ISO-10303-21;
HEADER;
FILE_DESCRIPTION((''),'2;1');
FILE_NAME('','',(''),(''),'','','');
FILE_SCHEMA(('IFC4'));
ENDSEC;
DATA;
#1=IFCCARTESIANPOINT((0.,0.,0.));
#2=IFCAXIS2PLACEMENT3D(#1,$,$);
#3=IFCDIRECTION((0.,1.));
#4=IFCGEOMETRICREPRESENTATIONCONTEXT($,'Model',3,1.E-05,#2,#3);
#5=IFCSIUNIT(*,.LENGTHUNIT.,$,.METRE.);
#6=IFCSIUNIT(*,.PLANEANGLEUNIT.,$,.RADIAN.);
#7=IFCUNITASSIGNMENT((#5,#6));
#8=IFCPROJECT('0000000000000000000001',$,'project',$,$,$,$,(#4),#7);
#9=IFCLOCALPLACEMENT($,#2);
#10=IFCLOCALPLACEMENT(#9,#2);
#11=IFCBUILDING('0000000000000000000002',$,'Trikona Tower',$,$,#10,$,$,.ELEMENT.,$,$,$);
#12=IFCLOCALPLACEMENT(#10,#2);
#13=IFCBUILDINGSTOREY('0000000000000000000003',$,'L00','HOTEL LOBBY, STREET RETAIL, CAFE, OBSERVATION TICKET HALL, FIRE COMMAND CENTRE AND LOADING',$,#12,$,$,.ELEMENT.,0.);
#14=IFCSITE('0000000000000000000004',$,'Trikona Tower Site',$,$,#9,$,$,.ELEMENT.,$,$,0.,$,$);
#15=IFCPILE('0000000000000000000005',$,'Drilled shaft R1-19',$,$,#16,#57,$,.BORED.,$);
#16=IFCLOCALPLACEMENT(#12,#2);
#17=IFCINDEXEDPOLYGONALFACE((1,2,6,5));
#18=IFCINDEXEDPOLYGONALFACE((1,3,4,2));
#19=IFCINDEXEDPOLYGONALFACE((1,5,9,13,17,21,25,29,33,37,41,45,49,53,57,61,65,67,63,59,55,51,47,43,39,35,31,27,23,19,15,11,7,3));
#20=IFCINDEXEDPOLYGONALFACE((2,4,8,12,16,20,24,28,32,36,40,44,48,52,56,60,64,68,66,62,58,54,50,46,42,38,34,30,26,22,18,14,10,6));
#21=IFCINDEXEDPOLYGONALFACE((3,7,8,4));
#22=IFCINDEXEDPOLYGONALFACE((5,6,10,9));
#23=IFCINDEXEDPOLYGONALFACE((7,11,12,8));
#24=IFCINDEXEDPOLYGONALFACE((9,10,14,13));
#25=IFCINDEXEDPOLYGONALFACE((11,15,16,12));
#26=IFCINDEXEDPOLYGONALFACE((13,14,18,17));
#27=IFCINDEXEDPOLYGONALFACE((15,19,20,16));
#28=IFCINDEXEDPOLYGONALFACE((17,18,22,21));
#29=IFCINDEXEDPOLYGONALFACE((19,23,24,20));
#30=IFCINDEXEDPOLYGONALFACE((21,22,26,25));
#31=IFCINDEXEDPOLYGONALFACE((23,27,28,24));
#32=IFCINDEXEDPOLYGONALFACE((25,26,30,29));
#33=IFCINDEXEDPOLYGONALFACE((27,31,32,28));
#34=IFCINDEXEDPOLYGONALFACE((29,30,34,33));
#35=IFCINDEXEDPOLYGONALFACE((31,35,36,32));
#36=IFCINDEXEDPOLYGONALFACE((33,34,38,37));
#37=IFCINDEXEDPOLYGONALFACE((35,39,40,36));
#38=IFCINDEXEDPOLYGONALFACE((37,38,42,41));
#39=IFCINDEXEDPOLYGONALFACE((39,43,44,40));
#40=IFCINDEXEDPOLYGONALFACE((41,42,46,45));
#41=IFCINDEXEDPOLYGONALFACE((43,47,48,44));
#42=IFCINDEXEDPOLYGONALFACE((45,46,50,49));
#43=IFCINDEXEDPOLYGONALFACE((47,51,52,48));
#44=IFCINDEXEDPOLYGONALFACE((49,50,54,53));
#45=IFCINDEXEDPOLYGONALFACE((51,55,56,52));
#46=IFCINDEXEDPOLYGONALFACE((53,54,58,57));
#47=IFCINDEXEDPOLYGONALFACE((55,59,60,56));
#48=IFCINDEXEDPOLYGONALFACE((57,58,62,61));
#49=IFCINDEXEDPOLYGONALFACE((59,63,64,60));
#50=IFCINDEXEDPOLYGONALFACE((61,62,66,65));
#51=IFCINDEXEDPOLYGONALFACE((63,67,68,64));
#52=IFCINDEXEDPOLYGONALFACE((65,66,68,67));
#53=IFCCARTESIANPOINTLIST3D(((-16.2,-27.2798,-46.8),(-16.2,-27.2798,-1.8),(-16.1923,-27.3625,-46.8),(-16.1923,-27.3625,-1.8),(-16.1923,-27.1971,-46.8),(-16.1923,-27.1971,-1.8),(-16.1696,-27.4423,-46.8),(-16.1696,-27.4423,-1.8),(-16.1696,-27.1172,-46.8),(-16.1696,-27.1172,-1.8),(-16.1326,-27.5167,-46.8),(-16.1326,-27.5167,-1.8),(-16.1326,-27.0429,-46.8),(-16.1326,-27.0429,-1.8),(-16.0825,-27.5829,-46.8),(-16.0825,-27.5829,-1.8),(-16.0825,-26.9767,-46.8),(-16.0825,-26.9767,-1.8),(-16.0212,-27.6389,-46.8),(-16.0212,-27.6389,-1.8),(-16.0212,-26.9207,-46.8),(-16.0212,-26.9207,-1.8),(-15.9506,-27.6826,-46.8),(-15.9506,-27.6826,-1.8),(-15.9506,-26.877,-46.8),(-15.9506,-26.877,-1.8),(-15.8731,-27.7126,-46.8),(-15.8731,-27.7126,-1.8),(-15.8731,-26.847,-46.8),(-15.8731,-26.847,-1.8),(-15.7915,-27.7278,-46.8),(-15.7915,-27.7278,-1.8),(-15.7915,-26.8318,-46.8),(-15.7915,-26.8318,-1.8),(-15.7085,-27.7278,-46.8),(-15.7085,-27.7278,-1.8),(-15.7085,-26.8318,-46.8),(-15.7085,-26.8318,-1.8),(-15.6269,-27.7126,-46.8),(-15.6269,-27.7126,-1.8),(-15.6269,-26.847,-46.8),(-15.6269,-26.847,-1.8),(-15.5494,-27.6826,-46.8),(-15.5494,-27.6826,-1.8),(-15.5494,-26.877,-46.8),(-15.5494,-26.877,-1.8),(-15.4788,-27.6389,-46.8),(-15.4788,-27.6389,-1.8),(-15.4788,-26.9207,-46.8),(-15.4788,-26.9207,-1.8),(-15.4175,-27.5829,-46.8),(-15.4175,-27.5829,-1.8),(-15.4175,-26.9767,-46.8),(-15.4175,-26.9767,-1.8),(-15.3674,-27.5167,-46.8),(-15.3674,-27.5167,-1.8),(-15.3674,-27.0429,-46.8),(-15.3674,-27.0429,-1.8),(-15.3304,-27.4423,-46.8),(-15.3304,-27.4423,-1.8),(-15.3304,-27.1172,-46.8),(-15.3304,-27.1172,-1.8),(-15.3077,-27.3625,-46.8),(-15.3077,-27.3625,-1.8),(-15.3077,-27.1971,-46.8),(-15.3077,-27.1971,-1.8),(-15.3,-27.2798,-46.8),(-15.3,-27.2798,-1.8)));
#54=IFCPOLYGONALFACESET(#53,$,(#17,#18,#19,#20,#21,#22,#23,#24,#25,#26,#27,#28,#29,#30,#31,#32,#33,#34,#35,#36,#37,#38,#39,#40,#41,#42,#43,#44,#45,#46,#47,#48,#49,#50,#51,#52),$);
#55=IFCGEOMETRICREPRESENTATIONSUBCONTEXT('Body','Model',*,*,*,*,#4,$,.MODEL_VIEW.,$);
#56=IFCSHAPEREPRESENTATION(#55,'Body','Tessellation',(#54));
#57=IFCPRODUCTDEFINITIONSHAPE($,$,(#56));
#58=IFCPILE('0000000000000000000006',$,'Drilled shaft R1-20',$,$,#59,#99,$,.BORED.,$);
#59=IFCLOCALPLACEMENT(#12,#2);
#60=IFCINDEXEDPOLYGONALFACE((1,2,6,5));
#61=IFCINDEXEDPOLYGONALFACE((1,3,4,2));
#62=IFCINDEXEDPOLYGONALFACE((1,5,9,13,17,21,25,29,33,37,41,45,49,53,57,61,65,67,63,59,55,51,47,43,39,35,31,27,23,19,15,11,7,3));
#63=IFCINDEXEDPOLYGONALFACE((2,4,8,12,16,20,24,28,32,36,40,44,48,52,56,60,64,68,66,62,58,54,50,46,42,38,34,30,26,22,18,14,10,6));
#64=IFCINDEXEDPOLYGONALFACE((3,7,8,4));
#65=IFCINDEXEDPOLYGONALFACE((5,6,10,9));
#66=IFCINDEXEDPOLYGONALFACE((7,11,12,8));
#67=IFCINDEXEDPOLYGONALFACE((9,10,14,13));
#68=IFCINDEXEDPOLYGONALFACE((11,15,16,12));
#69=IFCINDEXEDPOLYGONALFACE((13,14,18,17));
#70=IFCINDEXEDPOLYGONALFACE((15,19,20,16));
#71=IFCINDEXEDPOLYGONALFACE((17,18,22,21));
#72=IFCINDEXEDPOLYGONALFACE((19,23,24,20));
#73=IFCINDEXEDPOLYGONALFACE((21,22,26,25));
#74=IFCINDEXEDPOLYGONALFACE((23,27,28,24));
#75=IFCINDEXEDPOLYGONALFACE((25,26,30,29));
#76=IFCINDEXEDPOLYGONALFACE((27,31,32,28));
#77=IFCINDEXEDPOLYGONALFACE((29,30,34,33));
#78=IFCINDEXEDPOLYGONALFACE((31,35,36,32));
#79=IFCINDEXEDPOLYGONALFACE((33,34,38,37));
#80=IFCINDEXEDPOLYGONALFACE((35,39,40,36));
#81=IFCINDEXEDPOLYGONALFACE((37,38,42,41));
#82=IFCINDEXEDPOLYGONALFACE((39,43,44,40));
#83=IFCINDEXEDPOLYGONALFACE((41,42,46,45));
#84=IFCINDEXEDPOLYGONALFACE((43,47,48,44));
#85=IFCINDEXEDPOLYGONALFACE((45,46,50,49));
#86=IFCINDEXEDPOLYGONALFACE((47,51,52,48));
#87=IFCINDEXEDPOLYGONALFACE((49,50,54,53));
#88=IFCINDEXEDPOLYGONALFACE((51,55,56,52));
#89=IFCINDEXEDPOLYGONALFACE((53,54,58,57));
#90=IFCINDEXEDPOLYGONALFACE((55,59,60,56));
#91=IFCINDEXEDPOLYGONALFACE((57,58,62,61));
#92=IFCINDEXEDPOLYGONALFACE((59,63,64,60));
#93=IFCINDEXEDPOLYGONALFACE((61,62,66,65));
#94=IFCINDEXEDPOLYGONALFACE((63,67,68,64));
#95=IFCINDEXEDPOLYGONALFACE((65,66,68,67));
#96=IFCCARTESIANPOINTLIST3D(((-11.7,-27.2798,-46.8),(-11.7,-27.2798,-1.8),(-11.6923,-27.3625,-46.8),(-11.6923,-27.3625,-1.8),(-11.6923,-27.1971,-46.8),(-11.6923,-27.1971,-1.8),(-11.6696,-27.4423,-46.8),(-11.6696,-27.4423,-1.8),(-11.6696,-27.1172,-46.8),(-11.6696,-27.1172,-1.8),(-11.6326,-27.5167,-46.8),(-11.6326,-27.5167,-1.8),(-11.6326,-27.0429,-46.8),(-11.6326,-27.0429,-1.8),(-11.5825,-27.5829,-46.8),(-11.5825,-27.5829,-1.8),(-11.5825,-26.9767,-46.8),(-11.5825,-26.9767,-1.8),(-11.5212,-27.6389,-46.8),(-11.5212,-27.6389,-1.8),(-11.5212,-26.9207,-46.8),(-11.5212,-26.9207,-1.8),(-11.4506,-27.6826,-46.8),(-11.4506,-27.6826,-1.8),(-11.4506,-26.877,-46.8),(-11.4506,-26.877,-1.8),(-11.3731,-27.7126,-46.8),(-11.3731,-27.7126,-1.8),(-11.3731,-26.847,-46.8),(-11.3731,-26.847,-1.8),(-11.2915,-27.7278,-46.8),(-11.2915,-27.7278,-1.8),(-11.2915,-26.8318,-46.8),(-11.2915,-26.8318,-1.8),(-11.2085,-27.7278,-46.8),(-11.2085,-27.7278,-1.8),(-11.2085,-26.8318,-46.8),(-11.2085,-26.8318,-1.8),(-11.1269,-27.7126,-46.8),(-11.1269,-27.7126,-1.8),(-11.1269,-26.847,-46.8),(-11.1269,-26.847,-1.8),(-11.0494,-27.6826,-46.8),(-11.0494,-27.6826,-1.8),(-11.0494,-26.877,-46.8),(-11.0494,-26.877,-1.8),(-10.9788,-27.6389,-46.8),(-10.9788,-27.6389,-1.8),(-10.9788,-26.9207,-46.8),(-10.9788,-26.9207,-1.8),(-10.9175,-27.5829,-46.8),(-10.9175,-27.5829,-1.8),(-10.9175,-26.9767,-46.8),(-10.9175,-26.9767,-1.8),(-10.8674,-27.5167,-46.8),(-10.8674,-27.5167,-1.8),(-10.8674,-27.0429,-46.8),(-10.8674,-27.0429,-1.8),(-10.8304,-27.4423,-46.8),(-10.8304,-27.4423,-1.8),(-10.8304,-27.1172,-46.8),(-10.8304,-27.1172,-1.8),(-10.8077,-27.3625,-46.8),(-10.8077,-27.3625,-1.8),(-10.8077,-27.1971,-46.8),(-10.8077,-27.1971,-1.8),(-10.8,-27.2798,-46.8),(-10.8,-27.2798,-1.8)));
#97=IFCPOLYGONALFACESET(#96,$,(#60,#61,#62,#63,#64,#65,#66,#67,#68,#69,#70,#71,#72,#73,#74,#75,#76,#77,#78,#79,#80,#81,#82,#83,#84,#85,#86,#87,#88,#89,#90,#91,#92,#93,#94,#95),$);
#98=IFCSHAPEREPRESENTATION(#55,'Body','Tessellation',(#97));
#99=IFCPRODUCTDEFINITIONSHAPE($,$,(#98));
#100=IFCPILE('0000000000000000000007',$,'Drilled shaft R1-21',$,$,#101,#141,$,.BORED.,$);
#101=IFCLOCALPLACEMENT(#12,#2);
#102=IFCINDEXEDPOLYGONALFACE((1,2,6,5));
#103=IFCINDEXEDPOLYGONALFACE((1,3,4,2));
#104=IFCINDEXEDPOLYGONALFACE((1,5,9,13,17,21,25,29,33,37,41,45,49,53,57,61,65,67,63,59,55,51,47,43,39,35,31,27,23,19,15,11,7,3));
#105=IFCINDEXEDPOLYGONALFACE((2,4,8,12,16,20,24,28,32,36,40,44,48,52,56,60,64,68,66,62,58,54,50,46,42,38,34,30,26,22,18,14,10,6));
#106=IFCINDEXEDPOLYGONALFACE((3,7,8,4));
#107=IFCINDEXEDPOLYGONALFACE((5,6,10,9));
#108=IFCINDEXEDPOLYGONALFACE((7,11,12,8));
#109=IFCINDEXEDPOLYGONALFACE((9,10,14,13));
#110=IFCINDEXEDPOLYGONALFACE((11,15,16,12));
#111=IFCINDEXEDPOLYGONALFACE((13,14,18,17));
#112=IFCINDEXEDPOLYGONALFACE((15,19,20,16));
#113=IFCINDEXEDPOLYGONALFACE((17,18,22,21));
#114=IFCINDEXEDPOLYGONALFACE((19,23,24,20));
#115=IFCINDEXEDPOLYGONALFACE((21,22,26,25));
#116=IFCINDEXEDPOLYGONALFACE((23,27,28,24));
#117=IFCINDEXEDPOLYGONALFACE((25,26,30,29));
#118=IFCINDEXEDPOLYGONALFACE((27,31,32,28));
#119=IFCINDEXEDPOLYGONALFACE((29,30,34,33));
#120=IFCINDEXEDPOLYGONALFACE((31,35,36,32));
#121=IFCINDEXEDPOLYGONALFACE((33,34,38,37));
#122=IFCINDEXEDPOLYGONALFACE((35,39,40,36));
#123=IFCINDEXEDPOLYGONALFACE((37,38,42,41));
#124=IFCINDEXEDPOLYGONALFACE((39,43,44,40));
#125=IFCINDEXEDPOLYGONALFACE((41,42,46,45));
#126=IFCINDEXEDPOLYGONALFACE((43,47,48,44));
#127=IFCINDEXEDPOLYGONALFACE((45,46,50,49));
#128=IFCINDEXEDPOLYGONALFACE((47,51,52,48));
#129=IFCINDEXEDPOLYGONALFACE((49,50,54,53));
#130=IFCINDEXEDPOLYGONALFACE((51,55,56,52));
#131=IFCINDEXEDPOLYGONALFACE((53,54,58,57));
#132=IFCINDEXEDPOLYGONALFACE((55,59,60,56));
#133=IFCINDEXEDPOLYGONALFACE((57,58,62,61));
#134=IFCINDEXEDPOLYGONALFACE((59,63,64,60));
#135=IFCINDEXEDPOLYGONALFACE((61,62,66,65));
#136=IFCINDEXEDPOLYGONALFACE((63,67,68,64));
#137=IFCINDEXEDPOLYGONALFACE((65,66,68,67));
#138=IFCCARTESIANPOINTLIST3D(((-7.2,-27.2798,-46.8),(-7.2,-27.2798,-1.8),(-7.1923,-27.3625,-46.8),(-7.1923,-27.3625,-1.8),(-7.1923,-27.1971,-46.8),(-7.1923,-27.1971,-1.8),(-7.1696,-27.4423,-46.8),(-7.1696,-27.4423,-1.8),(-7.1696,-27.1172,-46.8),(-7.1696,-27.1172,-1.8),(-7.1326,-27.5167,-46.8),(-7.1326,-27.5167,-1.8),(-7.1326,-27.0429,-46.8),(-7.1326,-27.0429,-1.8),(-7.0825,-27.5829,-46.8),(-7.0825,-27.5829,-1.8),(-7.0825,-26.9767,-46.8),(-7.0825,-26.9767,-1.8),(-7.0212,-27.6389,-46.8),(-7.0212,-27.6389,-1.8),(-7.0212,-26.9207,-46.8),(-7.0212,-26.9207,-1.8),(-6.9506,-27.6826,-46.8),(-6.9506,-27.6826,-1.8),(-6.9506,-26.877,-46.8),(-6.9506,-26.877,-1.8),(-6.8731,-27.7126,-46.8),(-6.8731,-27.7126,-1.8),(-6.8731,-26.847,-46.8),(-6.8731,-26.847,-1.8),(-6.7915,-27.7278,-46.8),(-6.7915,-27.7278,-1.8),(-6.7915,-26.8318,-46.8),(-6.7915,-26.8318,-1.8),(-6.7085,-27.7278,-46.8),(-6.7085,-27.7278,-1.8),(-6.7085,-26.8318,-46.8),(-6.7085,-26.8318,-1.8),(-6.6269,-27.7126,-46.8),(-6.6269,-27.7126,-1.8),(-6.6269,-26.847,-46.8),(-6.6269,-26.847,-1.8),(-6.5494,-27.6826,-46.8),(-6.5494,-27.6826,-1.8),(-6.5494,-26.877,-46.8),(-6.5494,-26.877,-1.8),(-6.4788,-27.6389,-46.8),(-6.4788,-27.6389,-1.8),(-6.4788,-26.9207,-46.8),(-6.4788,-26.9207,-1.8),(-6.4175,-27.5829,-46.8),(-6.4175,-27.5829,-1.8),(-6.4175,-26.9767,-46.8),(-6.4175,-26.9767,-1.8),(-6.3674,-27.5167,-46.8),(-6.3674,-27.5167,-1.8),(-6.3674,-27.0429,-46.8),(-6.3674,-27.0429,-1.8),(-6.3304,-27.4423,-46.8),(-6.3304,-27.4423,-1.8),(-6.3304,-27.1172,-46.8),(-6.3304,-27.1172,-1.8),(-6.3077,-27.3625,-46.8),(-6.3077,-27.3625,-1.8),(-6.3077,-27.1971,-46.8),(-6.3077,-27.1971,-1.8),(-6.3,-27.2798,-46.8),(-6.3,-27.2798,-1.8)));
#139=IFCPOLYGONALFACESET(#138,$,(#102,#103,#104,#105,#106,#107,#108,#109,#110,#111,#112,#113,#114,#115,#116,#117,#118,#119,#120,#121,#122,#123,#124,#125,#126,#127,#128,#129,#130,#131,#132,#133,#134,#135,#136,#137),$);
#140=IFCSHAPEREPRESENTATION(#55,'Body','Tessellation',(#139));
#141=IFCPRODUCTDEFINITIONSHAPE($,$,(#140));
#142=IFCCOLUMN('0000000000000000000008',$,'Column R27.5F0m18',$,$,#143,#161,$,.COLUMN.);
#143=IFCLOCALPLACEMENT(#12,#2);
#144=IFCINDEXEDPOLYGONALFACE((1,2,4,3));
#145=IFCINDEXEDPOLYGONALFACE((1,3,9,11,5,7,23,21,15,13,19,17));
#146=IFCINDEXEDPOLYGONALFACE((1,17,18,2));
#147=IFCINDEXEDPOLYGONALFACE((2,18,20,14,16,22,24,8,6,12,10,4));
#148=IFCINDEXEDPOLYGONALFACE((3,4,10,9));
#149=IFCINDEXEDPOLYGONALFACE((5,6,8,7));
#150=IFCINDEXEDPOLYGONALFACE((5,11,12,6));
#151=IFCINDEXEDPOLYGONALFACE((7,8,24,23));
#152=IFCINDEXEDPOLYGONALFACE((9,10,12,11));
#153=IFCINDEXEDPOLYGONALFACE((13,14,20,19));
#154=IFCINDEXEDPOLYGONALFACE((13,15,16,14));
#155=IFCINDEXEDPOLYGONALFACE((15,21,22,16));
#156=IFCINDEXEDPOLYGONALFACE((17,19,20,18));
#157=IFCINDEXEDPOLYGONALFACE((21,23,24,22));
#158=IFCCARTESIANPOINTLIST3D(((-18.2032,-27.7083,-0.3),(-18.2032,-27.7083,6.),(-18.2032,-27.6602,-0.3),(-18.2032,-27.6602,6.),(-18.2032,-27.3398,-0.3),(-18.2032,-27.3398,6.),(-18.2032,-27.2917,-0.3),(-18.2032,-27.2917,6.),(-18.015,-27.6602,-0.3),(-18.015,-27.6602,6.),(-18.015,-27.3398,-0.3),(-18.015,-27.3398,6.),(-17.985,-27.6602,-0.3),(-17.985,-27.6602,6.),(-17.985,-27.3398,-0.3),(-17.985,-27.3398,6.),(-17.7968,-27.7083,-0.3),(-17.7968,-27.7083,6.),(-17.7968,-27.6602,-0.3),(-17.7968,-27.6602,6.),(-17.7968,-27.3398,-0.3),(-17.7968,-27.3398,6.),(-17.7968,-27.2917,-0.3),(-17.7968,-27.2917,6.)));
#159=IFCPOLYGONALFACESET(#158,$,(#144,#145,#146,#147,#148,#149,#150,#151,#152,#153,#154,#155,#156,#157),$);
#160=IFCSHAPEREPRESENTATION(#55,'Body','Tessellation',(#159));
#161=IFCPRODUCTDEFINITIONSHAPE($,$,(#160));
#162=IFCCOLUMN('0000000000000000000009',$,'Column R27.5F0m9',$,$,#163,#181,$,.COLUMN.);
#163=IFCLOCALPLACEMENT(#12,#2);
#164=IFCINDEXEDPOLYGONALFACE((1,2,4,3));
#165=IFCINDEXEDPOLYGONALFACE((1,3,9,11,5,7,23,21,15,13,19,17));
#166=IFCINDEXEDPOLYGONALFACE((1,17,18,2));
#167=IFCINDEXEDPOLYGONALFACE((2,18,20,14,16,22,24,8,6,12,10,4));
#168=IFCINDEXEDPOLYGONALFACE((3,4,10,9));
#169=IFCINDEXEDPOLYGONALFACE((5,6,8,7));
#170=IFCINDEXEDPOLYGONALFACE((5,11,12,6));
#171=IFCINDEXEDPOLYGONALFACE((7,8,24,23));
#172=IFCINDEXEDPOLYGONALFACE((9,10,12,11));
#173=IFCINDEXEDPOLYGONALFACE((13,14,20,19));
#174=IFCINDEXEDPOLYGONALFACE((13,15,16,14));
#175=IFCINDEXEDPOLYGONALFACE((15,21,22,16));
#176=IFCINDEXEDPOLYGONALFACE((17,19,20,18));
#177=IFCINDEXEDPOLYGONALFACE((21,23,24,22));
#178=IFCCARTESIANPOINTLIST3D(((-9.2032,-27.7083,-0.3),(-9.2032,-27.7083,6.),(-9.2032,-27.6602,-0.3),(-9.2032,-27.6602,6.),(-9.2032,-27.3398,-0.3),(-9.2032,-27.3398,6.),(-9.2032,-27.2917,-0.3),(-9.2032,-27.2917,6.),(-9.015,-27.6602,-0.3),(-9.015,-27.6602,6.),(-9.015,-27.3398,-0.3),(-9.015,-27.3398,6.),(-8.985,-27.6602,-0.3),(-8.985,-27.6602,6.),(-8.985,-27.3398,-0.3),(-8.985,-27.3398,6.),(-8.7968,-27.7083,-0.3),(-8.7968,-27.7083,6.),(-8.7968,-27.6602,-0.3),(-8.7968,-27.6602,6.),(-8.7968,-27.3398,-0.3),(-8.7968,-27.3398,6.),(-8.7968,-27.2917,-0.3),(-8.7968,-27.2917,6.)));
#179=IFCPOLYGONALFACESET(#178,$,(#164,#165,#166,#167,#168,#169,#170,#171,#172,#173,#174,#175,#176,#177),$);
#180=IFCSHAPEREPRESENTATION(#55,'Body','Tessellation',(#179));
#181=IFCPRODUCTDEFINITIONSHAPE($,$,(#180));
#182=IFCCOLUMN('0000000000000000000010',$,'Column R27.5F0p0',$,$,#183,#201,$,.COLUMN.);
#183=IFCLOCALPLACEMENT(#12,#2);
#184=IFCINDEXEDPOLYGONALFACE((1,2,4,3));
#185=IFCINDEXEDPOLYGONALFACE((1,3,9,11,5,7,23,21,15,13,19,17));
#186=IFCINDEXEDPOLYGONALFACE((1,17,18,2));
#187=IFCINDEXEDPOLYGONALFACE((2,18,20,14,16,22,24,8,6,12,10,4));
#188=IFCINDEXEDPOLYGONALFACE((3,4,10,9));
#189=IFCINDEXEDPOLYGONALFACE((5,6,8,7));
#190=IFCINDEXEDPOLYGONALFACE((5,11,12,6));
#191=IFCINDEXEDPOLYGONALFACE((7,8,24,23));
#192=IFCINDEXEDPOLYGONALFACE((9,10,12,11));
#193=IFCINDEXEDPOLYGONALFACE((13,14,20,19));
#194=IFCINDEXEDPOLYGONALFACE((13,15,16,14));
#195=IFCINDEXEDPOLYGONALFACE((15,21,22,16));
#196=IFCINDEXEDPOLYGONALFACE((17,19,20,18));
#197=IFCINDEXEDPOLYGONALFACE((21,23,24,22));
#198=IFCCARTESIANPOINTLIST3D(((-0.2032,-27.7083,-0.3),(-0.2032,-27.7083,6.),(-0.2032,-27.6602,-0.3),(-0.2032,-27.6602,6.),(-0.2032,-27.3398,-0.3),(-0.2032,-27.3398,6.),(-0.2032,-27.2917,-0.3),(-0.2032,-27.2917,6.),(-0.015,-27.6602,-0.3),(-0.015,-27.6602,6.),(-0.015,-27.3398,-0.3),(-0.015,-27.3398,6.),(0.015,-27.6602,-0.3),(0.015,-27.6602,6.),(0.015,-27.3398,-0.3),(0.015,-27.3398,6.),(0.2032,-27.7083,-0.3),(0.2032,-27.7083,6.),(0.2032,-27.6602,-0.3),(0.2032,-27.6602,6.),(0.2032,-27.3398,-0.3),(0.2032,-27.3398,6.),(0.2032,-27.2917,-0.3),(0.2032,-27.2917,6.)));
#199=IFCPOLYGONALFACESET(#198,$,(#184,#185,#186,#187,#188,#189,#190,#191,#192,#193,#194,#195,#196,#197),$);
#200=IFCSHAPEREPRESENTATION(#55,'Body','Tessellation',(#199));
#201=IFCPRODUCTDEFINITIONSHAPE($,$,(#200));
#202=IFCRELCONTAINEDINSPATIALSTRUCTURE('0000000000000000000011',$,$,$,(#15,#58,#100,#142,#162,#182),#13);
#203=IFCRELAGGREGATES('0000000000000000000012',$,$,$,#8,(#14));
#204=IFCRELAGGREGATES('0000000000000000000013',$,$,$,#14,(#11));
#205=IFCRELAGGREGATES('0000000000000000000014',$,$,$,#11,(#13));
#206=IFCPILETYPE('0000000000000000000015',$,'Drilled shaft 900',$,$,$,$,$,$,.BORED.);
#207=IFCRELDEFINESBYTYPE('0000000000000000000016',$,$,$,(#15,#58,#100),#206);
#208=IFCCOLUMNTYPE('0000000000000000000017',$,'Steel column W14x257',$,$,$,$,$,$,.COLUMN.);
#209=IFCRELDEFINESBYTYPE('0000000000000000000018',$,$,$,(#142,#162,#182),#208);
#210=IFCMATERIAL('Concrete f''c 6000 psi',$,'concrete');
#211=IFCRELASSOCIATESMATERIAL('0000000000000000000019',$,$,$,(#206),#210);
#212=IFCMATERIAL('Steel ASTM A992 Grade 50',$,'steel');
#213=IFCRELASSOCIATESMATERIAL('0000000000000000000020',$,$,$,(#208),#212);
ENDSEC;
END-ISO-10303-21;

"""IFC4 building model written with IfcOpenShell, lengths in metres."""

from ifc_helpers import new_model, si_unit, direction, frame, origin, origin_2d, place, context, subcontext, project, spatial, circle, i_section, extrude, material, material_profile, profile_set, type_object, element, save


model = new_model("IFC4")

# Units and contexts
model_context = context("Model", 3, precision=1e-05, world=origin(), true_north=direction((0.0, 1.0)))
body_context = subcontext(model_context, "Body", "Model", "MODEL_VIEW")
ifc_project = project(units=[si_unit("LENGTHUNIT", "METRE"), si_unit("PLANEANGLEUNIT", "RADIAN")], contexts=[model_context])

# Site, building, storey
site_placement = place(None, origin())
site = spatial("IfcSite", under=ifc_project, at=site_placement, Name="Trikona Tower Site", CompositionType="ELEMENT", RefElevation=0.0)
building_placement = place(site_placement, origin())
building = spatial("IfcBuilding", under=site, at=building_placement, Name="Trikona Tower", CompositionType="ELEMENT")
storey_placement = place(building_placement, origin())
storey = spatial("IfcBuildingStorey", under=building, at=storey_placement, Name="L00", Description="HOTEL LOBBY, STREET RETAIL, CAFE, OBSERVATION TICKET HALL, FIRE COMMAND CENTRE AND LOADING", CompositionType="ELEMENT", Elevation=0.0)

# Piles
ifc_material_1 = material(Name="Concrete f'c 6000 psi", Category="concrete")
pile_type = type_object("IfcPileType", Name="Drilled shaft 900", PredefinedType="BORED", material=ifc_material_1)
for number, where, z_axis, x_axis, name in (
    (1, (-15.75, -27.2798, -1.8), (0.0, 0.0, -1.0), (1.0, 0.0, 0.0), "Drilled shaft R1-19"),
    (2, (-11.25, -27.2798, -1.8), (0.0, 0.0, -1.0), (1.0, 0.0, 0.0), "Drilled shaft R1-20"),
    (3, (-6.75, -27.2798, -1.8), (0.0, 0.0, -1.0), (1.0, 0.0, 0.0), "Drilled shaft R1-21"),
):
    element("IfcPile", number, at=place(storey_placement, frame(where, z_axis=z_axis, x_axis=x_axis)), inside=storey, type_object=pile_type, Name=name, PredefinedType="BORED", context=body_context, shape_type="SweptSolid", body=[
        extrude(circle(Radius=0.45, at=origin_2d()), origin(), (0.0, 0.0, 1.0), 45.0),
    ])

# Columns
ifc_material_2 = material(Name="Steel ASTM A992 Grade 50", Category="steel")
ifc_material_profile_1 = material_profile(ifc_material_2, i_section(OverallWidth=0.4065, OverallDepth=0.4165, WebThickness=0.03, FlangeThickness=0.0481, at=origin_2d()), Name="W14X257")
ifc_profile_set_1 = profile_set([ifc_material_profile_1], Name="Steel ASTM A992 Grade 50")
column_type = type_object("IfcColumnType", Name="Steel column W14x257", PredefinedType="COLUMN", material=ifc_profile_set_1)
for number, where, z_axis, x_axis, name in (
    (4, (-18.0, -27.5, -0.3), (0.0, 0.0, 1.0), (1.0, 0.0, 0.0), "Column R27.5F0m18"),
    (5, (-9.0, -27.5, -0.3), (0.0, 0.0, 1.0), (1.0, 0.0, 0.0), "Column R27.5F0m9"),
    (6, (0.0, -27.5, -0.3), (0.0, 0.0, 1.0), (1.0, 0.0, 0.0), "Column R27.5F0p0"),
):
    element("IfcColumn", number, at=place(storey_placement, frame(where, z_axis=z_axis, x_axis=x_axis)), inside=storey, type_object=column_type, Name=name, PredefinedType="COLUMN", context=body_context, shape_type="SweptSolid", body=[
        extrude(i_section(OverallWidth=0.4065, OverallDepth=0.4165, WebThickness=0.03, FlangeThickness=0.0481, at=origin_2d()), origin(), (0.0, 0.0, 1.0), 6.3),
    ])

save(model, "model.ifc")
